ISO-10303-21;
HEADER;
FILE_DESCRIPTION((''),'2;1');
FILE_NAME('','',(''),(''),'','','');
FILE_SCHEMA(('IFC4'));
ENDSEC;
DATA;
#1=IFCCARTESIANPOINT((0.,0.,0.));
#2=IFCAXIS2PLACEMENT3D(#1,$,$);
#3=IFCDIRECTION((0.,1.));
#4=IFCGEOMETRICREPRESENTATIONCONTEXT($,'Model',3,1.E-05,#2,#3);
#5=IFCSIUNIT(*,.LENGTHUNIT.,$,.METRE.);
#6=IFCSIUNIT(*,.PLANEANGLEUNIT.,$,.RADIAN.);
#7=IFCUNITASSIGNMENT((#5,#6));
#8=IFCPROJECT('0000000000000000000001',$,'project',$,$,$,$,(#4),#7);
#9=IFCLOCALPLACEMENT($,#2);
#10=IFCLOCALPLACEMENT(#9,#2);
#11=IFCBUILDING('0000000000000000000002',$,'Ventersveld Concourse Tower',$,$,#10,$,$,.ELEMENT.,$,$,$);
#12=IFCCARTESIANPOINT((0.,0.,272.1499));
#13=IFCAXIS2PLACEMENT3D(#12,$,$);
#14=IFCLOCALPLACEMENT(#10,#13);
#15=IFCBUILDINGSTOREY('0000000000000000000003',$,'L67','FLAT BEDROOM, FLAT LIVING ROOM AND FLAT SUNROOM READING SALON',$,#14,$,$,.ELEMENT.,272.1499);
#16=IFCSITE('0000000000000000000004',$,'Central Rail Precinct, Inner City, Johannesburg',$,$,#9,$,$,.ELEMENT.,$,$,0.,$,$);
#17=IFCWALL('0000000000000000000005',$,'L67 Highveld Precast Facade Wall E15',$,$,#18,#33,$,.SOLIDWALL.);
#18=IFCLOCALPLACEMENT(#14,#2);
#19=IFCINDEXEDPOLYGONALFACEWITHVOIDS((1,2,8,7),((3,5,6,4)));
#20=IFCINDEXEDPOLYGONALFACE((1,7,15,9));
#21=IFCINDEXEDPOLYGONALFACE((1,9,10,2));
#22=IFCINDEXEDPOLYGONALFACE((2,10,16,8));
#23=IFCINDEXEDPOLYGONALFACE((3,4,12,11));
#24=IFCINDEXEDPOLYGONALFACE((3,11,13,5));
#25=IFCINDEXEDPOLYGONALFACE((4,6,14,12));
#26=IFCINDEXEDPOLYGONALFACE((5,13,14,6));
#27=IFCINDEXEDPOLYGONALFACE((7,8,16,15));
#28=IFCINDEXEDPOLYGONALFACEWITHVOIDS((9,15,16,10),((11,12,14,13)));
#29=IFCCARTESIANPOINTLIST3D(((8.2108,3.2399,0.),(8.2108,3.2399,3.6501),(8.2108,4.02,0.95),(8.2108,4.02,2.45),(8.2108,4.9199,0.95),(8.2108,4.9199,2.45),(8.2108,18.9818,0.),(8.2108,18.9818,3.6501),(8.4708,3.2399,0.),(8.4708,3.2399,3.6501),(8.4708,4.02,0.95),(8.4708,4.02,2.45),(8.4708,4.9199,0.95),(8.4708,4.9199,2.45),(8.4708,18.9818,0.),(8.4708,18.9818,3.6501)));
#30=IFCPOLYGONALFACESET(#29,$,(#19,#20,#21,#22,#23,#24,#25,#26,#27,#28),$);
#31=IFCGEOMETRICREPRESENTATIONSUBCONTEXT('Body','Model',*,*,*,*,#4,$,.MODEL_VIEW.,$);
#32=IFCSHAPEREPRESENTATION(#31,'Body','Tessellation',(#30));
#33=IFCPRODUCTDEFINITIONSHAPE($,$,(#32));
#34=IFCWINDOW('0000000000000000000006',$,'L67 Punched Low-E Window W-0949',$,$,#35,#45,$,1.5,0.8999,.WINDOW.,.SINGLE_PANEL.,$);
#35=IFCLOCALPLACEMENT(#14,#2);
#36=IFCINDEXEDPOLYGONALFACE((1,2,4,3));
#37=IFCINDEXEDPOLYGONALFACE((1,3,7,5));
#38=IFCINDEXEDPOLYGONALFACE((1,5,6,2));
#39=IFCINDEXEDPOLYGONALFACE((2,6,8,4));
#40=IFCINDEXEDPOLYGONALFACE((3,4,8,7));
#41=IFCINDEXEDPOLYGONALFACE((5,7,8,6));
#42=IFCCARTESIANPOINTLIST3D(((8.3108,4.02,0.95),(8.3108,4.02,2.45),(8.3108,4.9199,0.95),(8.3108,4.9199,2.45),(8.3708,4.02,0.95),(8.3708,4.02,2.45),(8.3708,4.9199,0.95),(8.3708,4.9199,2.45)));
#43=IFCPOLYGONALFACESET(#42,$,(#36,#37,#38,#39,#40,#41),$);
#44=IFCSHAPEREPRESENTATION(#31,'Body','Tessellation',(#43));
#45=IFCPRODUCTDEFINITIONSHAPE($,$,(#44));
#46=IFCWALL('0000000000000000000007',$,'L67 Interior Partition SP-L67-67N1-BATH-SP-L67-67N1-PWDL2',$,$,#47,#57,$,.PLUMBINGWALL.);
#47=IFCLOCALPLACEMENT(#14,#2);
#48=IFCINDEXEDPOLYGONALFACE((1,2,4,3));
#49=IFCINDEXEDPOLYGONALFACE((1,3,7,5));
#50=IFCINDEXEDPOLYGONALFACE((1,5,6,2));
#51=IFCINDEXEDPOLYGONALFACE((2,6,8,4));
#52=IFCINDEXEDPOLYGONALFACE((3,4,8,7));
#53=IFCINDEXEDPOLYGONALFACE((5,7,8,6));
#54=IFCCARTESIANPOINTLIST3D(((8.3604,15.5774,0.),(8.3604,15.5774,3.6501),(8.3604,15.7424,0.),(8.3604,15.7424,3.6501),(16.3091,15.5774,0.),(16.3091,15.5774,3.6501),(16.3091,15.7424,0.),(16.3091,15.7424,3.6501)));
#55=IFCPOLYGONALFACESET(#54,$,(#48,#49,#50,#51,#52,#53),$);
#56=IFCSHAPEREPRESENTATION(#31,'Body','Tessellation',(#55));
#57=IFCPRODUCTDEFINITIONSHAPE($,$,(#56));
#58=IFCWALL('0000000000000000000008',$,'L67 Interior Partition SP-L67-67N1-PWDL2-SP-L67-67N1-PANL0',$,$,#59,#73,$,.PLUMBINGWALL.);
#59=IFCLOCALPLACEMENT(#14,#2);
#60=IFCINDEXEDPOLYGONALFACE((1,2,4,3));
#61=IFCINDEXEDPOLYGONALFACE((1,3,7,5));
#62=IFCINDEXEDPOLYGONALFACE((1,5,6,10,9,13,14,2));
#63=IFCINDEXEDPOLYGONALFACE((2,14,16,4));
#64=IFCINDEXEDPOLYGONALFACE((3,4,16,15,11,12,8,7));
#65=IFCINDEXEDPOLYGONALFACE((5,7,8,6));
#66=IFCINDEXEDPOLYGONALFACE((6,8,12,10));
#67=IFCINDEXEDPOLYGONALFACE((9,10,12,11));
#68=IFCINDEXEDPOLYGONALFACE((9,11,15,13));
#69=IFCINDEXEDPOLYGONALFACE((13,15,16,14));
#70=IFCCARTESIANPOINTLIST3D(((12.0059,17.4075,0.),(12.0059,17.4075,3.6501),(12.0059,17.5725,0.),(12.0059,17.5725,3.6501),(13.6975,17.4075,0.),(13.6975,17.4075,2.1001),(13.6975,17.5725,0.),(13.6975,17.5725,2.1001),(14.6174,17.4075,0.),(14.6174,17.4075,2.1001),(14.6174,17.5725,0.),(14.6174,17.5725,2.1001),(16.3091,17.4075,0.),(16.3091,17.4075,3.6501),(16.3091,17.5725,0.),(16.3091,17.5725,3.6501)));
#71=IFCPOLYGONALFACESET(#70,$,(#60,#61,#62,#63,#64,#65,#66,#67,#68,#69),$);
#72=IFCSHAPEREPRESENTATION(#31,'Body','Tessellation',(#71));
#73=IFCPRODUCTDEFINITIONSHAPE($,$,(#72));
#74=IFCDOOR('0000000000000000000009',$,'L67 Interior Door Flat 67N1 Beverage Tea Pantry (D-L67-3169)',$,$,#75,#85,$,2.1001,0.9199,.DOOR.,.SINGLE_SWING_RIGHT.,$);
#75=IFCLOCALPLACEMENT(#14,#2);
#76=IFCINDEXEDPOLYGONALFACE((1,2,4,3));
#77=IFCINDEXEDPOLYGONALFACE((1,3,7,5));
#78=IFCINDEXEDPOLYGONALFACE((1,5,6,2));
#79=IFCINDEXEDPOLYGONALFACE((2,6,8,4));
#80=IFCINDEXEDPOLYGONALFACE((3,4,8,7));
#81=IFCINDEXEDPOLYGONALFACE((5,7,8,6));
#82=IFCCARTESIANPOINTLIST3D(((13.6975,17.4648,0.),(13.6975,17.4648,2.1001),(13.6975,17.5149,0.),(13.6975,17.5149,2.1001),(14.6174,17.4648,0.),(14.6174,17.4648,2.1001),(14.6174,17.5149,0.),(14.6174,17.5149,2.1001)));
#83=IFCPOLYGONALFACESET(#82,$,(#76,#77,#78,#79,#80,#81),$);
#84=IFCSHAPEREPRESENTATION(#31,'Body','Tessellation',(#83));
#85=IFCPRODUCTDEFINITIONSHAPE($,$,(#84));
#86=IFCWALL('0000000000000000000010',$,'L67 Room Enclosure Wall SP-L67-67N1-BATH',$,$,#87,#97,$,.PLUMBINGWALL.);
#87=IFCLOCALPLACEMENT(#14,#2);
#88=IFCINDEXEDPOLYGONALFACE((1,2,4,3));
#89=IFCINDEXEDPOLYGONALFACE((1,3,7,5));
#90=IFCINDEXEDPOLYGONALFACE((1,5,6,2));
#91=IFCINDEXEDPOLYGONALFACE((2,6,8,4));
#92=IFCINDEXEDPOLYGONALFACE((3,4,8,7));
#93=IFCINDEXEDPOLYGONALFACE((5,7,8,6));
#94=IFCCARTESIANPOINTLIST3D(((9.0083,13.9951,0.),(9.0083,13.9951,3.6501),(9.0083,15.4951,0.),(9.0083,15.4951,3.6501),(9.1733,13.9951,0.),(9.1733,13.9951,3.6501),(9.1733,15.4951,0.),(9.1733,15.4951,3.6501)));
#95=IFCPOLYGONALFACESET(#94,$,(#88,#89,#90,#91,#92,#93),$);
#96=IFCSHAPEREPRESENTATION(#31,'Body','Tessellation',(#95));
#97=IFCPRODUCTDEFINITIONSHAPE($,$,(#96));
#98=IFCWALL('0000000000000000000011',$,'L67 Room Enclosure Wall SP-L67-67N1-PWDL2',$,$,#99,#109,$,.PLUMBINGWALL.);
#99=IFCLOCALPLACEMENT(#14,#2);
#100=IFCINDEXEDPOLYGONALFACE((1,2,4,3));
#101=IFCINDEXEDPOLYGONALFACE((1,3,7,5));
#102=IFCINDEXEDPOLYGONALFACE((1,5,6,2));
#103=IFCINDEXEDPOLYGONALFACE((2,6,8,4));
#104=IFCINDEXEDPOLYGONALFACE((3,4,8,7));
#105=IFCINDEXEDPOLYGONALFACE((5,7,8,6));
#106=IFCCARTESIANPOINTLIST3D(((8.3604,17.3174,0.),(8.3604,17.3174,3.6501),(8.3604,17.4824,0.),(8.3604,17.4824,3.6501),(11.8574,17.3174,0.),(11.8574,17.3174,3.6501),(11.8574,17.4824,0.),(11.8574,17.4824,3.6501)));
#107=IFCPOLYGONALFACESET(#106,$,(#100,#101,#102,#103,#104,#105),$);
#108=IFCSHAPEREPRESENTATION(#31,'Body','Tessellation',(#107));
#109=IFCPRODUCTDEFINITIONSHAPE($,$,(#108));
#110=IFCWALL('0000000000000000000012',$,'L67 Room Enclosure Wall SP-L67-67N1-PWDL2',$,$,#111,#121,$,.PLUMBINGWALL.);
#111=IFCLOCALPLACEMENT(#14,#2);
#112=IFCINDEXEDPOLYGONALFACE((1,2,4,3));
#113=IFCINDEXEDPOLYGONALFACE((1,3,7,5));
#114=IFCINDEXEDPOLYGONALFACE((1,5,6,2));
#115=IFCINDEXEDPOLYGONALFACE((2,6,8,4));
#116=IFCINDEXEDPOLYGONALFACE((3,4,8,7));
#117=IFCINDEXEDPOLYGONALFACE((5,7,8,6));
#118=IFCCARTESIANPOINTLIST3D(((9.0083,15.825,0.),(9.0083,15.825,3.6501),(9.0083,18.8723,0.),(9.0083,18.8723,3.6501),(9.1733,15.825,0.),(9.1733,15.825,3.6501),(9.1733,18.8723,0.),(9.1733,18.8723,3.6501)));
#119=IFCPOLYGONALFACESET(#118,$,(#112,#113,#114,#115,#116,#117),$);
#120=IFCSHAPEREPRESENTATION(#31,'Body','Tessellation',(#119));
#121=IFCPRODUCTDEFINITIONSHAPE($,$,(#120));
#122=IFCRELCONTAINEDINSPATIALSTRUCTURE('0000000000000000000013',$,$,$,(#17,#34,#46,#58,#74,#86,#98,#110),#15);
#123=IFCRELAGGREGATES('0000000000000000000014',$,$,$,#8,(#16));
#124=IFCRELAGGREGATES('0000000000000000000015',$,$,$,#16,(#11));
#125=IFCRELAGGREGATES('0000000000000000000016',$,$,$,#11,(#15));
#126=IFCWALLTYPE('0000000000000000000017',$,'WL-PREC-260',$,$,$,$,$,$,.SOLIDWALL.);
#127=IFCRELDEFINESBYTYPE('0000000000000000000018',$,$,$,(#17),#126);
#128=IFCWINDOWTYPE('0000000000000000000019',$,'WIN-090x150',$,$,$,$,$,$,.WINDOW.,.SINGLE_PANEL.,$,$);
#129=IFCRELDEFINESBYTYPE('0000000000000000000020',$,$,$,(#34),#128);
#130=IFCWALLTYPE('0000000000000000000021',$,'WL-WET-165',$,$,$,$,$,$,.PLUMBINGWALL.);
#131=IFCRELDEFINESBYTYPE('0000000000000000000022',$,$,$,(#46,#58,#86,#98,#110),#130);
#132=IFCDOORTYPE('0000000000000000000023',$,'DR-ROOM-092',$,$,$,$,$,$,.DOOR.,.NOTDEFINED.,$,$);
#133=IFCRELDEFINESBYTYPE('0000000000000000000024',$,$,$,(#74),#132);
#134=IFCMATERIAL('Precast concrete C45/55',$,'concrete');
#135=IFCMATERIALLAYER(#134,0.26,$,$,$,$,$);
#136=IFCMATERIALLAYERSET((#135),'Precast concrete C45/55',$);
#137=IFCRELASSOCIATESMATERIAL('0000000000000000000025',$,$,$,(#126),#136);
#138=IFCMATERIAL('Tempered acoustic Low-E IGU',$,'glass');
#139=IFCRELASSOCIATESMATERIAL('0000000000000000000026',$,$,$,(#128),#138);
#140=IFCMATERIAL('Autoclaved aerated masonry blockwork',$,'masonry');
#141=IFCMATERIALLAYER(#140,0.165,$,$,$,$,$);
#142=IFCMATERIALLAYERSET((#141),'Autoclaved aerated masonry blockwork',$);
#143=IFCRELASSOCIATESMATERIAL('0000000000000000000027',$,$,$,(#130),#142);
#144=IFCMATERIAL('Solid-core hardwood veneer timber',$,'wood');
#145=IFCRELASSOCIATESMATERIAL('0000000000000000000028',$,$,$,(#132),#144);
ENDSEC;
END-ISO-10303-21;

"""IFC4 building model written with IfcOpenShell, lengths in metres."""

from ifc_helpers import new_model, si_unit, direction, frame, frame_2d, origin, place, context, subcontext, project, spatial, rectangle, extrude, material, layer, layer_set, type_object, element, fill, save


model = new_model("IFC4")

# Units and contexts
model_context = context("Model", 3, precision=1e-05, world=origin(), true_north=direction((0.0, 1.0)))
body_context = subcontext(model_context, "Body", "Model", "MODEL_VIEW")
ifc_project = project(units=[si_unit("LENGTHUNIT", "METRE"), si_unit("PLANEANGLEUNIT", "RADIAN")], contexts=[model_context])

# Site, building, storey
site_placement = place(None, origin())
site = spatial("IfcSite", under=ifc_project, at=site_placement, Name="Central Rail Precinct, Inner City, Johannesburg", CompositionType="ELEMENT", RefElevation=0.0)
building_placement = place(site_placement, origin())
building = spatial("IfcBuilding", under=site, at=building_placement, Name="Ventersveld Concourse Tower", CompositionType="ELEMENT")
storey_placement = place(building_placement, frame((0.0, 0.0, 272.1499)))
storey = spatial("IfcBuildingStorey", under=building, at=storey_placement, Name="L67", Description="FLAT BEDROOM, FLAT LIVING ROOM AND FLAT SUNROOM READING SALON", CompositionType="ELEMENT", Elevation=272.1499)

# Shared definitions
ifc_material_1 = material(Name="Solid-core hardwood veneer timber", Category="wood")

# Shared definitions
ifc_material_2 = material(Name="Autoclaved aerated masonry blockwork", Category="masonry")
ifc_material_3 = material(Name="Precast concrete C45/55", Category="concrete")
ifc_layer_1 = layer(ifc_material_3, 0.26)
ifc_layer_set_1 = layer_set([ifc_layer_1], Name="Precast concrete C45/55")
wall_type_1 = type_object("IfcWallType", Name="WL-PREC-260", PredefinedType="SOLIDWALL", material=ifc_layer_set_1)

# Wall, opening, window
wall_1_placement = place(storey_placement, frame((8.3408, 18.9819, 0.0), z_axis=(0.0, 0.0, 1.0), x_axis=(0.0, -1.0, 0.0)))
wall_1 = element("IfcWall", 1, at=wall_1_placement, inside=storey, type_object=wall_type_1, Name="L67 Highveld Precast Facade Wall E15", PredefinedType="SOLIDWALL", context=body_context, shape_type="SweptSolid", body=[
    extrude(rectangle(XDim=15.7419, YDim=0.26, at=frame_2d((7.8711, 0.0))), origin(), (0.0, 0.0, 1.0), 3.6501),
])
opening_1_placement = place(wall_1_placement, frame((14.062, 0.0, 0.95)))
opening_1 = element("IfcOpeningElement", 2, at=opening_1_placement, cuts=wall_1, PredefinedType="OPENING", context=body_context, shape_type="SweptSolid", body=[
    extrude(rectangle(XDim=0.8999, YDim=1.5, at=frame_2d((0.45, 0.75))), frame((0.0, 0.1401, 0.0), z_axis=(0.0, -1.0, 0.0), x_axis=(1.0, 0.0, 0.0)), (0.0, 0.0, 1.0), 0.28),
])
ifc_material_4 = material(Name="Tempered acoustic Low-E IGU", Category="glass")
window_type = type_object("IfcWindowType", Name="WIN-090x150", PartitioningType="SINGLE_PANEL", PredefinedType="WINDOW", material=ifc_material_4)
window_placement = place(opening_1_placement, origin())
window = element("IfcWindow", 3, at=window_placement, inside=storey, type_object=window_type, Name="L67 Punched Low-E Window W-0949", OverallHeight=1.5, OverallWidth=0.8999, PartitioningType="SINGLE_PANEL", PredefinedType="WINDOW", context=body_context, shape_type="SweptSolid", body=[
    extrude(rectangle(XDim=0.8999, YDim=1.5, at=frame_2d((0.45, 0.75))), frame((0.0, 0.03, 0.0), z_axis=(0.0, -1.0, 0.0), x_axis=(1.0, 0.0, 0.0)), (0.0, 0.0, 1.0), 0.0601),
])
fill(opening_1, window)

# Wall
ifc_layer_2 = layer(ifc_material_2, 0.165)
ifc_layer_set_2 = layer_set([ifc_layer_2], Name="Autoclaved aerated masonry blockwork")
wall_type_2 = type_object("IfcWallType", Name="WL-WET-165", PredefinedType="PLUMBINGWALL", material=ifc_layer_set_2)
wall_2_placement = place(storey_placement, frame((8.3604, 15.6599, 0.0), z_axis=(0.0, 0.0, 1.0), x_axis=(1.0, 0.0, 0.0)))
element("IfcWall", 4, at=wall_2_placement, inside=storey, type_object=wall_type_2, Name="L67 Interior Partition SP-L67-67N1-BATH-SP-L67-67N1-PWDL2", PredefinedType="PLUMBINGWALL", context=body_context, shape_type="SweptSolid", body=[
    extrude(rectangle(XDim=7.9487, YDim=0.165, at=frame_2d((3.9744, 0.0))), origin(), (0.0, 0.0, 1.0), 3.6501),
])

# Wall, opening, door
wall_3_placement = place(storey_placement, frame((12.0059, 17.49, 0.0), z_axis=(0.0, 0.0, 1.0), x_axis=(1.0, 0.0, 0.0)))
wall_3 = element("IfcWall", 5, at=wall_3_placement, inside=storey, type_object=wall_type_2, Name="L67 Interior Partition SP-L67-67N1-PWDL2-SP-L67-67N1-PANL0", PredefinedType="PLUMBINGWALL", context=body_context, shape_type="SweptSolid", body=[
    extrude(rectangle(XDim=4.3032, YDim=0.165, at=frame_2d((2.1516, 0.0))), origin(), (0.0, 0.0, 1.0), 3.6501),
])
opening_2_placement = place(wall_3_placement, frame((1.6917, 0.0, 0.0)))
opening_2 = element("IfcOpeningElement", 6, at=opening_2_placement, cuts=wall_3, PredefinedType="OPENING", context=body_context, shape_type="SweptSolid", body=[
    extrude(rectangle(XDim=0.9199, YDim=2.1001, at=frame_2d((0.46, 1.05))), frame((0.0, 0.0925, 0.0), z_axis=(0.0, -1.0, 0.0), x_axis=(1.0, 0.0, 0.0)), (0.0, 0.0, 1.0), 0.1851),
])
door_type_1 = type_object("IfcDoorType", Name="DR-ROOM-092", OperationType="NOTDEFINED", PredefinedType="DOOR", material=ifc_material_1)
door_1_placement = place(opening_2_placement, origin())
door_1 = element("IfcDoor", 7, at=door_1_placement, inside=storey, type_object=door_type_1, Name="L67 Interior Door Flat 67N1 Beverage Tea Pantry (D-L67-3169)", OperationType="SINGLE_SWING_RIGHT", OverallHeight=2.1001, OverallWidth=0.9199, PredefinedType="DOOR", context=body_context, shape_type="SweptSolid", body=[
    extrude(rectangle(XDim=0.9199, YDim=2.1001, at=frame_2d((0.46, 1.05))), frame((0.0, 0.0249, 0.0), z_axis=(0.0, -1.0, 0.0), x_axis=(1.0, 0.0, 0.0)), (0.0, 0.0, 1.0), 0.05),
])
fill(opening_2, door_1)

# Walls
wall_4_placement = place(storey_placement, frame((9.0908, 13.9951, 0.0), z_axis=(0.0, 0.0, 1.0), x_axis=(0.0, 1.0, 0.0)))
element("IfcWall", 8, at=wall_4_placement, inside=storey, type_object=wall_type_2, Name="L67 Room Enclosure Wall SP-L67-67N1-BATH", PredefinedType="PLUMBINGWALL", context=body_context, shape_type="SweptSolid", body=[
    extrude(rectangle(XDim=1.5, YDim=0.165, at=frame_2d((0.75, 0.0))), origin(), (0.0, 0.0, 1.0), 3.6501),
])
wall_5_placement = place(storey_placement, frame((8.3604, 17.3999, 0.0), z_axis=(0.0, 0.0, 1.0), x_axis=(1.0, 0.0, 0.0)))
element("IfcWall", 9, at=wall_5_placement, inside=storey, type_object=wall_type_2, Name="L67 Room Enclosure Wall SP-L67-67N1-PWDL2", PredefinedType="PLUMBINGWALL", context=body_context, shape_type="SweptSolid", body=[
    extrude(rectangle(XDim=3.4971, YDim=0.165, at=frame_2d((1.7485, 0.0))), origin(), (0.0, 0.0, 1.0), 3.6501),
])
wall_6_placement = place(storey_placement, frame((9.0908, 15.825, 0.0), z_axis=(0.0, 0.0, 1.0), x_axis=(0.0, 1.0, 0.0)))
element("IfcWall", 10, at=wall_6_placement, inside=storey, type_object=wall_type_2, Name="L67 Room Enclosure Wall SP-L67-67N1-PWDL2", PredefinedType="PLUMBINGWALL", context=body_context, shape_type="SweptSolid", body=[
    extrude(rectangle(XDim=3.0474, YDim=0.165, at=frame_2d((1.5237, 0.0))), origin(), (0.0, 0.0, 1.0), 3.6501),
])

save(model, "model.ifc")
